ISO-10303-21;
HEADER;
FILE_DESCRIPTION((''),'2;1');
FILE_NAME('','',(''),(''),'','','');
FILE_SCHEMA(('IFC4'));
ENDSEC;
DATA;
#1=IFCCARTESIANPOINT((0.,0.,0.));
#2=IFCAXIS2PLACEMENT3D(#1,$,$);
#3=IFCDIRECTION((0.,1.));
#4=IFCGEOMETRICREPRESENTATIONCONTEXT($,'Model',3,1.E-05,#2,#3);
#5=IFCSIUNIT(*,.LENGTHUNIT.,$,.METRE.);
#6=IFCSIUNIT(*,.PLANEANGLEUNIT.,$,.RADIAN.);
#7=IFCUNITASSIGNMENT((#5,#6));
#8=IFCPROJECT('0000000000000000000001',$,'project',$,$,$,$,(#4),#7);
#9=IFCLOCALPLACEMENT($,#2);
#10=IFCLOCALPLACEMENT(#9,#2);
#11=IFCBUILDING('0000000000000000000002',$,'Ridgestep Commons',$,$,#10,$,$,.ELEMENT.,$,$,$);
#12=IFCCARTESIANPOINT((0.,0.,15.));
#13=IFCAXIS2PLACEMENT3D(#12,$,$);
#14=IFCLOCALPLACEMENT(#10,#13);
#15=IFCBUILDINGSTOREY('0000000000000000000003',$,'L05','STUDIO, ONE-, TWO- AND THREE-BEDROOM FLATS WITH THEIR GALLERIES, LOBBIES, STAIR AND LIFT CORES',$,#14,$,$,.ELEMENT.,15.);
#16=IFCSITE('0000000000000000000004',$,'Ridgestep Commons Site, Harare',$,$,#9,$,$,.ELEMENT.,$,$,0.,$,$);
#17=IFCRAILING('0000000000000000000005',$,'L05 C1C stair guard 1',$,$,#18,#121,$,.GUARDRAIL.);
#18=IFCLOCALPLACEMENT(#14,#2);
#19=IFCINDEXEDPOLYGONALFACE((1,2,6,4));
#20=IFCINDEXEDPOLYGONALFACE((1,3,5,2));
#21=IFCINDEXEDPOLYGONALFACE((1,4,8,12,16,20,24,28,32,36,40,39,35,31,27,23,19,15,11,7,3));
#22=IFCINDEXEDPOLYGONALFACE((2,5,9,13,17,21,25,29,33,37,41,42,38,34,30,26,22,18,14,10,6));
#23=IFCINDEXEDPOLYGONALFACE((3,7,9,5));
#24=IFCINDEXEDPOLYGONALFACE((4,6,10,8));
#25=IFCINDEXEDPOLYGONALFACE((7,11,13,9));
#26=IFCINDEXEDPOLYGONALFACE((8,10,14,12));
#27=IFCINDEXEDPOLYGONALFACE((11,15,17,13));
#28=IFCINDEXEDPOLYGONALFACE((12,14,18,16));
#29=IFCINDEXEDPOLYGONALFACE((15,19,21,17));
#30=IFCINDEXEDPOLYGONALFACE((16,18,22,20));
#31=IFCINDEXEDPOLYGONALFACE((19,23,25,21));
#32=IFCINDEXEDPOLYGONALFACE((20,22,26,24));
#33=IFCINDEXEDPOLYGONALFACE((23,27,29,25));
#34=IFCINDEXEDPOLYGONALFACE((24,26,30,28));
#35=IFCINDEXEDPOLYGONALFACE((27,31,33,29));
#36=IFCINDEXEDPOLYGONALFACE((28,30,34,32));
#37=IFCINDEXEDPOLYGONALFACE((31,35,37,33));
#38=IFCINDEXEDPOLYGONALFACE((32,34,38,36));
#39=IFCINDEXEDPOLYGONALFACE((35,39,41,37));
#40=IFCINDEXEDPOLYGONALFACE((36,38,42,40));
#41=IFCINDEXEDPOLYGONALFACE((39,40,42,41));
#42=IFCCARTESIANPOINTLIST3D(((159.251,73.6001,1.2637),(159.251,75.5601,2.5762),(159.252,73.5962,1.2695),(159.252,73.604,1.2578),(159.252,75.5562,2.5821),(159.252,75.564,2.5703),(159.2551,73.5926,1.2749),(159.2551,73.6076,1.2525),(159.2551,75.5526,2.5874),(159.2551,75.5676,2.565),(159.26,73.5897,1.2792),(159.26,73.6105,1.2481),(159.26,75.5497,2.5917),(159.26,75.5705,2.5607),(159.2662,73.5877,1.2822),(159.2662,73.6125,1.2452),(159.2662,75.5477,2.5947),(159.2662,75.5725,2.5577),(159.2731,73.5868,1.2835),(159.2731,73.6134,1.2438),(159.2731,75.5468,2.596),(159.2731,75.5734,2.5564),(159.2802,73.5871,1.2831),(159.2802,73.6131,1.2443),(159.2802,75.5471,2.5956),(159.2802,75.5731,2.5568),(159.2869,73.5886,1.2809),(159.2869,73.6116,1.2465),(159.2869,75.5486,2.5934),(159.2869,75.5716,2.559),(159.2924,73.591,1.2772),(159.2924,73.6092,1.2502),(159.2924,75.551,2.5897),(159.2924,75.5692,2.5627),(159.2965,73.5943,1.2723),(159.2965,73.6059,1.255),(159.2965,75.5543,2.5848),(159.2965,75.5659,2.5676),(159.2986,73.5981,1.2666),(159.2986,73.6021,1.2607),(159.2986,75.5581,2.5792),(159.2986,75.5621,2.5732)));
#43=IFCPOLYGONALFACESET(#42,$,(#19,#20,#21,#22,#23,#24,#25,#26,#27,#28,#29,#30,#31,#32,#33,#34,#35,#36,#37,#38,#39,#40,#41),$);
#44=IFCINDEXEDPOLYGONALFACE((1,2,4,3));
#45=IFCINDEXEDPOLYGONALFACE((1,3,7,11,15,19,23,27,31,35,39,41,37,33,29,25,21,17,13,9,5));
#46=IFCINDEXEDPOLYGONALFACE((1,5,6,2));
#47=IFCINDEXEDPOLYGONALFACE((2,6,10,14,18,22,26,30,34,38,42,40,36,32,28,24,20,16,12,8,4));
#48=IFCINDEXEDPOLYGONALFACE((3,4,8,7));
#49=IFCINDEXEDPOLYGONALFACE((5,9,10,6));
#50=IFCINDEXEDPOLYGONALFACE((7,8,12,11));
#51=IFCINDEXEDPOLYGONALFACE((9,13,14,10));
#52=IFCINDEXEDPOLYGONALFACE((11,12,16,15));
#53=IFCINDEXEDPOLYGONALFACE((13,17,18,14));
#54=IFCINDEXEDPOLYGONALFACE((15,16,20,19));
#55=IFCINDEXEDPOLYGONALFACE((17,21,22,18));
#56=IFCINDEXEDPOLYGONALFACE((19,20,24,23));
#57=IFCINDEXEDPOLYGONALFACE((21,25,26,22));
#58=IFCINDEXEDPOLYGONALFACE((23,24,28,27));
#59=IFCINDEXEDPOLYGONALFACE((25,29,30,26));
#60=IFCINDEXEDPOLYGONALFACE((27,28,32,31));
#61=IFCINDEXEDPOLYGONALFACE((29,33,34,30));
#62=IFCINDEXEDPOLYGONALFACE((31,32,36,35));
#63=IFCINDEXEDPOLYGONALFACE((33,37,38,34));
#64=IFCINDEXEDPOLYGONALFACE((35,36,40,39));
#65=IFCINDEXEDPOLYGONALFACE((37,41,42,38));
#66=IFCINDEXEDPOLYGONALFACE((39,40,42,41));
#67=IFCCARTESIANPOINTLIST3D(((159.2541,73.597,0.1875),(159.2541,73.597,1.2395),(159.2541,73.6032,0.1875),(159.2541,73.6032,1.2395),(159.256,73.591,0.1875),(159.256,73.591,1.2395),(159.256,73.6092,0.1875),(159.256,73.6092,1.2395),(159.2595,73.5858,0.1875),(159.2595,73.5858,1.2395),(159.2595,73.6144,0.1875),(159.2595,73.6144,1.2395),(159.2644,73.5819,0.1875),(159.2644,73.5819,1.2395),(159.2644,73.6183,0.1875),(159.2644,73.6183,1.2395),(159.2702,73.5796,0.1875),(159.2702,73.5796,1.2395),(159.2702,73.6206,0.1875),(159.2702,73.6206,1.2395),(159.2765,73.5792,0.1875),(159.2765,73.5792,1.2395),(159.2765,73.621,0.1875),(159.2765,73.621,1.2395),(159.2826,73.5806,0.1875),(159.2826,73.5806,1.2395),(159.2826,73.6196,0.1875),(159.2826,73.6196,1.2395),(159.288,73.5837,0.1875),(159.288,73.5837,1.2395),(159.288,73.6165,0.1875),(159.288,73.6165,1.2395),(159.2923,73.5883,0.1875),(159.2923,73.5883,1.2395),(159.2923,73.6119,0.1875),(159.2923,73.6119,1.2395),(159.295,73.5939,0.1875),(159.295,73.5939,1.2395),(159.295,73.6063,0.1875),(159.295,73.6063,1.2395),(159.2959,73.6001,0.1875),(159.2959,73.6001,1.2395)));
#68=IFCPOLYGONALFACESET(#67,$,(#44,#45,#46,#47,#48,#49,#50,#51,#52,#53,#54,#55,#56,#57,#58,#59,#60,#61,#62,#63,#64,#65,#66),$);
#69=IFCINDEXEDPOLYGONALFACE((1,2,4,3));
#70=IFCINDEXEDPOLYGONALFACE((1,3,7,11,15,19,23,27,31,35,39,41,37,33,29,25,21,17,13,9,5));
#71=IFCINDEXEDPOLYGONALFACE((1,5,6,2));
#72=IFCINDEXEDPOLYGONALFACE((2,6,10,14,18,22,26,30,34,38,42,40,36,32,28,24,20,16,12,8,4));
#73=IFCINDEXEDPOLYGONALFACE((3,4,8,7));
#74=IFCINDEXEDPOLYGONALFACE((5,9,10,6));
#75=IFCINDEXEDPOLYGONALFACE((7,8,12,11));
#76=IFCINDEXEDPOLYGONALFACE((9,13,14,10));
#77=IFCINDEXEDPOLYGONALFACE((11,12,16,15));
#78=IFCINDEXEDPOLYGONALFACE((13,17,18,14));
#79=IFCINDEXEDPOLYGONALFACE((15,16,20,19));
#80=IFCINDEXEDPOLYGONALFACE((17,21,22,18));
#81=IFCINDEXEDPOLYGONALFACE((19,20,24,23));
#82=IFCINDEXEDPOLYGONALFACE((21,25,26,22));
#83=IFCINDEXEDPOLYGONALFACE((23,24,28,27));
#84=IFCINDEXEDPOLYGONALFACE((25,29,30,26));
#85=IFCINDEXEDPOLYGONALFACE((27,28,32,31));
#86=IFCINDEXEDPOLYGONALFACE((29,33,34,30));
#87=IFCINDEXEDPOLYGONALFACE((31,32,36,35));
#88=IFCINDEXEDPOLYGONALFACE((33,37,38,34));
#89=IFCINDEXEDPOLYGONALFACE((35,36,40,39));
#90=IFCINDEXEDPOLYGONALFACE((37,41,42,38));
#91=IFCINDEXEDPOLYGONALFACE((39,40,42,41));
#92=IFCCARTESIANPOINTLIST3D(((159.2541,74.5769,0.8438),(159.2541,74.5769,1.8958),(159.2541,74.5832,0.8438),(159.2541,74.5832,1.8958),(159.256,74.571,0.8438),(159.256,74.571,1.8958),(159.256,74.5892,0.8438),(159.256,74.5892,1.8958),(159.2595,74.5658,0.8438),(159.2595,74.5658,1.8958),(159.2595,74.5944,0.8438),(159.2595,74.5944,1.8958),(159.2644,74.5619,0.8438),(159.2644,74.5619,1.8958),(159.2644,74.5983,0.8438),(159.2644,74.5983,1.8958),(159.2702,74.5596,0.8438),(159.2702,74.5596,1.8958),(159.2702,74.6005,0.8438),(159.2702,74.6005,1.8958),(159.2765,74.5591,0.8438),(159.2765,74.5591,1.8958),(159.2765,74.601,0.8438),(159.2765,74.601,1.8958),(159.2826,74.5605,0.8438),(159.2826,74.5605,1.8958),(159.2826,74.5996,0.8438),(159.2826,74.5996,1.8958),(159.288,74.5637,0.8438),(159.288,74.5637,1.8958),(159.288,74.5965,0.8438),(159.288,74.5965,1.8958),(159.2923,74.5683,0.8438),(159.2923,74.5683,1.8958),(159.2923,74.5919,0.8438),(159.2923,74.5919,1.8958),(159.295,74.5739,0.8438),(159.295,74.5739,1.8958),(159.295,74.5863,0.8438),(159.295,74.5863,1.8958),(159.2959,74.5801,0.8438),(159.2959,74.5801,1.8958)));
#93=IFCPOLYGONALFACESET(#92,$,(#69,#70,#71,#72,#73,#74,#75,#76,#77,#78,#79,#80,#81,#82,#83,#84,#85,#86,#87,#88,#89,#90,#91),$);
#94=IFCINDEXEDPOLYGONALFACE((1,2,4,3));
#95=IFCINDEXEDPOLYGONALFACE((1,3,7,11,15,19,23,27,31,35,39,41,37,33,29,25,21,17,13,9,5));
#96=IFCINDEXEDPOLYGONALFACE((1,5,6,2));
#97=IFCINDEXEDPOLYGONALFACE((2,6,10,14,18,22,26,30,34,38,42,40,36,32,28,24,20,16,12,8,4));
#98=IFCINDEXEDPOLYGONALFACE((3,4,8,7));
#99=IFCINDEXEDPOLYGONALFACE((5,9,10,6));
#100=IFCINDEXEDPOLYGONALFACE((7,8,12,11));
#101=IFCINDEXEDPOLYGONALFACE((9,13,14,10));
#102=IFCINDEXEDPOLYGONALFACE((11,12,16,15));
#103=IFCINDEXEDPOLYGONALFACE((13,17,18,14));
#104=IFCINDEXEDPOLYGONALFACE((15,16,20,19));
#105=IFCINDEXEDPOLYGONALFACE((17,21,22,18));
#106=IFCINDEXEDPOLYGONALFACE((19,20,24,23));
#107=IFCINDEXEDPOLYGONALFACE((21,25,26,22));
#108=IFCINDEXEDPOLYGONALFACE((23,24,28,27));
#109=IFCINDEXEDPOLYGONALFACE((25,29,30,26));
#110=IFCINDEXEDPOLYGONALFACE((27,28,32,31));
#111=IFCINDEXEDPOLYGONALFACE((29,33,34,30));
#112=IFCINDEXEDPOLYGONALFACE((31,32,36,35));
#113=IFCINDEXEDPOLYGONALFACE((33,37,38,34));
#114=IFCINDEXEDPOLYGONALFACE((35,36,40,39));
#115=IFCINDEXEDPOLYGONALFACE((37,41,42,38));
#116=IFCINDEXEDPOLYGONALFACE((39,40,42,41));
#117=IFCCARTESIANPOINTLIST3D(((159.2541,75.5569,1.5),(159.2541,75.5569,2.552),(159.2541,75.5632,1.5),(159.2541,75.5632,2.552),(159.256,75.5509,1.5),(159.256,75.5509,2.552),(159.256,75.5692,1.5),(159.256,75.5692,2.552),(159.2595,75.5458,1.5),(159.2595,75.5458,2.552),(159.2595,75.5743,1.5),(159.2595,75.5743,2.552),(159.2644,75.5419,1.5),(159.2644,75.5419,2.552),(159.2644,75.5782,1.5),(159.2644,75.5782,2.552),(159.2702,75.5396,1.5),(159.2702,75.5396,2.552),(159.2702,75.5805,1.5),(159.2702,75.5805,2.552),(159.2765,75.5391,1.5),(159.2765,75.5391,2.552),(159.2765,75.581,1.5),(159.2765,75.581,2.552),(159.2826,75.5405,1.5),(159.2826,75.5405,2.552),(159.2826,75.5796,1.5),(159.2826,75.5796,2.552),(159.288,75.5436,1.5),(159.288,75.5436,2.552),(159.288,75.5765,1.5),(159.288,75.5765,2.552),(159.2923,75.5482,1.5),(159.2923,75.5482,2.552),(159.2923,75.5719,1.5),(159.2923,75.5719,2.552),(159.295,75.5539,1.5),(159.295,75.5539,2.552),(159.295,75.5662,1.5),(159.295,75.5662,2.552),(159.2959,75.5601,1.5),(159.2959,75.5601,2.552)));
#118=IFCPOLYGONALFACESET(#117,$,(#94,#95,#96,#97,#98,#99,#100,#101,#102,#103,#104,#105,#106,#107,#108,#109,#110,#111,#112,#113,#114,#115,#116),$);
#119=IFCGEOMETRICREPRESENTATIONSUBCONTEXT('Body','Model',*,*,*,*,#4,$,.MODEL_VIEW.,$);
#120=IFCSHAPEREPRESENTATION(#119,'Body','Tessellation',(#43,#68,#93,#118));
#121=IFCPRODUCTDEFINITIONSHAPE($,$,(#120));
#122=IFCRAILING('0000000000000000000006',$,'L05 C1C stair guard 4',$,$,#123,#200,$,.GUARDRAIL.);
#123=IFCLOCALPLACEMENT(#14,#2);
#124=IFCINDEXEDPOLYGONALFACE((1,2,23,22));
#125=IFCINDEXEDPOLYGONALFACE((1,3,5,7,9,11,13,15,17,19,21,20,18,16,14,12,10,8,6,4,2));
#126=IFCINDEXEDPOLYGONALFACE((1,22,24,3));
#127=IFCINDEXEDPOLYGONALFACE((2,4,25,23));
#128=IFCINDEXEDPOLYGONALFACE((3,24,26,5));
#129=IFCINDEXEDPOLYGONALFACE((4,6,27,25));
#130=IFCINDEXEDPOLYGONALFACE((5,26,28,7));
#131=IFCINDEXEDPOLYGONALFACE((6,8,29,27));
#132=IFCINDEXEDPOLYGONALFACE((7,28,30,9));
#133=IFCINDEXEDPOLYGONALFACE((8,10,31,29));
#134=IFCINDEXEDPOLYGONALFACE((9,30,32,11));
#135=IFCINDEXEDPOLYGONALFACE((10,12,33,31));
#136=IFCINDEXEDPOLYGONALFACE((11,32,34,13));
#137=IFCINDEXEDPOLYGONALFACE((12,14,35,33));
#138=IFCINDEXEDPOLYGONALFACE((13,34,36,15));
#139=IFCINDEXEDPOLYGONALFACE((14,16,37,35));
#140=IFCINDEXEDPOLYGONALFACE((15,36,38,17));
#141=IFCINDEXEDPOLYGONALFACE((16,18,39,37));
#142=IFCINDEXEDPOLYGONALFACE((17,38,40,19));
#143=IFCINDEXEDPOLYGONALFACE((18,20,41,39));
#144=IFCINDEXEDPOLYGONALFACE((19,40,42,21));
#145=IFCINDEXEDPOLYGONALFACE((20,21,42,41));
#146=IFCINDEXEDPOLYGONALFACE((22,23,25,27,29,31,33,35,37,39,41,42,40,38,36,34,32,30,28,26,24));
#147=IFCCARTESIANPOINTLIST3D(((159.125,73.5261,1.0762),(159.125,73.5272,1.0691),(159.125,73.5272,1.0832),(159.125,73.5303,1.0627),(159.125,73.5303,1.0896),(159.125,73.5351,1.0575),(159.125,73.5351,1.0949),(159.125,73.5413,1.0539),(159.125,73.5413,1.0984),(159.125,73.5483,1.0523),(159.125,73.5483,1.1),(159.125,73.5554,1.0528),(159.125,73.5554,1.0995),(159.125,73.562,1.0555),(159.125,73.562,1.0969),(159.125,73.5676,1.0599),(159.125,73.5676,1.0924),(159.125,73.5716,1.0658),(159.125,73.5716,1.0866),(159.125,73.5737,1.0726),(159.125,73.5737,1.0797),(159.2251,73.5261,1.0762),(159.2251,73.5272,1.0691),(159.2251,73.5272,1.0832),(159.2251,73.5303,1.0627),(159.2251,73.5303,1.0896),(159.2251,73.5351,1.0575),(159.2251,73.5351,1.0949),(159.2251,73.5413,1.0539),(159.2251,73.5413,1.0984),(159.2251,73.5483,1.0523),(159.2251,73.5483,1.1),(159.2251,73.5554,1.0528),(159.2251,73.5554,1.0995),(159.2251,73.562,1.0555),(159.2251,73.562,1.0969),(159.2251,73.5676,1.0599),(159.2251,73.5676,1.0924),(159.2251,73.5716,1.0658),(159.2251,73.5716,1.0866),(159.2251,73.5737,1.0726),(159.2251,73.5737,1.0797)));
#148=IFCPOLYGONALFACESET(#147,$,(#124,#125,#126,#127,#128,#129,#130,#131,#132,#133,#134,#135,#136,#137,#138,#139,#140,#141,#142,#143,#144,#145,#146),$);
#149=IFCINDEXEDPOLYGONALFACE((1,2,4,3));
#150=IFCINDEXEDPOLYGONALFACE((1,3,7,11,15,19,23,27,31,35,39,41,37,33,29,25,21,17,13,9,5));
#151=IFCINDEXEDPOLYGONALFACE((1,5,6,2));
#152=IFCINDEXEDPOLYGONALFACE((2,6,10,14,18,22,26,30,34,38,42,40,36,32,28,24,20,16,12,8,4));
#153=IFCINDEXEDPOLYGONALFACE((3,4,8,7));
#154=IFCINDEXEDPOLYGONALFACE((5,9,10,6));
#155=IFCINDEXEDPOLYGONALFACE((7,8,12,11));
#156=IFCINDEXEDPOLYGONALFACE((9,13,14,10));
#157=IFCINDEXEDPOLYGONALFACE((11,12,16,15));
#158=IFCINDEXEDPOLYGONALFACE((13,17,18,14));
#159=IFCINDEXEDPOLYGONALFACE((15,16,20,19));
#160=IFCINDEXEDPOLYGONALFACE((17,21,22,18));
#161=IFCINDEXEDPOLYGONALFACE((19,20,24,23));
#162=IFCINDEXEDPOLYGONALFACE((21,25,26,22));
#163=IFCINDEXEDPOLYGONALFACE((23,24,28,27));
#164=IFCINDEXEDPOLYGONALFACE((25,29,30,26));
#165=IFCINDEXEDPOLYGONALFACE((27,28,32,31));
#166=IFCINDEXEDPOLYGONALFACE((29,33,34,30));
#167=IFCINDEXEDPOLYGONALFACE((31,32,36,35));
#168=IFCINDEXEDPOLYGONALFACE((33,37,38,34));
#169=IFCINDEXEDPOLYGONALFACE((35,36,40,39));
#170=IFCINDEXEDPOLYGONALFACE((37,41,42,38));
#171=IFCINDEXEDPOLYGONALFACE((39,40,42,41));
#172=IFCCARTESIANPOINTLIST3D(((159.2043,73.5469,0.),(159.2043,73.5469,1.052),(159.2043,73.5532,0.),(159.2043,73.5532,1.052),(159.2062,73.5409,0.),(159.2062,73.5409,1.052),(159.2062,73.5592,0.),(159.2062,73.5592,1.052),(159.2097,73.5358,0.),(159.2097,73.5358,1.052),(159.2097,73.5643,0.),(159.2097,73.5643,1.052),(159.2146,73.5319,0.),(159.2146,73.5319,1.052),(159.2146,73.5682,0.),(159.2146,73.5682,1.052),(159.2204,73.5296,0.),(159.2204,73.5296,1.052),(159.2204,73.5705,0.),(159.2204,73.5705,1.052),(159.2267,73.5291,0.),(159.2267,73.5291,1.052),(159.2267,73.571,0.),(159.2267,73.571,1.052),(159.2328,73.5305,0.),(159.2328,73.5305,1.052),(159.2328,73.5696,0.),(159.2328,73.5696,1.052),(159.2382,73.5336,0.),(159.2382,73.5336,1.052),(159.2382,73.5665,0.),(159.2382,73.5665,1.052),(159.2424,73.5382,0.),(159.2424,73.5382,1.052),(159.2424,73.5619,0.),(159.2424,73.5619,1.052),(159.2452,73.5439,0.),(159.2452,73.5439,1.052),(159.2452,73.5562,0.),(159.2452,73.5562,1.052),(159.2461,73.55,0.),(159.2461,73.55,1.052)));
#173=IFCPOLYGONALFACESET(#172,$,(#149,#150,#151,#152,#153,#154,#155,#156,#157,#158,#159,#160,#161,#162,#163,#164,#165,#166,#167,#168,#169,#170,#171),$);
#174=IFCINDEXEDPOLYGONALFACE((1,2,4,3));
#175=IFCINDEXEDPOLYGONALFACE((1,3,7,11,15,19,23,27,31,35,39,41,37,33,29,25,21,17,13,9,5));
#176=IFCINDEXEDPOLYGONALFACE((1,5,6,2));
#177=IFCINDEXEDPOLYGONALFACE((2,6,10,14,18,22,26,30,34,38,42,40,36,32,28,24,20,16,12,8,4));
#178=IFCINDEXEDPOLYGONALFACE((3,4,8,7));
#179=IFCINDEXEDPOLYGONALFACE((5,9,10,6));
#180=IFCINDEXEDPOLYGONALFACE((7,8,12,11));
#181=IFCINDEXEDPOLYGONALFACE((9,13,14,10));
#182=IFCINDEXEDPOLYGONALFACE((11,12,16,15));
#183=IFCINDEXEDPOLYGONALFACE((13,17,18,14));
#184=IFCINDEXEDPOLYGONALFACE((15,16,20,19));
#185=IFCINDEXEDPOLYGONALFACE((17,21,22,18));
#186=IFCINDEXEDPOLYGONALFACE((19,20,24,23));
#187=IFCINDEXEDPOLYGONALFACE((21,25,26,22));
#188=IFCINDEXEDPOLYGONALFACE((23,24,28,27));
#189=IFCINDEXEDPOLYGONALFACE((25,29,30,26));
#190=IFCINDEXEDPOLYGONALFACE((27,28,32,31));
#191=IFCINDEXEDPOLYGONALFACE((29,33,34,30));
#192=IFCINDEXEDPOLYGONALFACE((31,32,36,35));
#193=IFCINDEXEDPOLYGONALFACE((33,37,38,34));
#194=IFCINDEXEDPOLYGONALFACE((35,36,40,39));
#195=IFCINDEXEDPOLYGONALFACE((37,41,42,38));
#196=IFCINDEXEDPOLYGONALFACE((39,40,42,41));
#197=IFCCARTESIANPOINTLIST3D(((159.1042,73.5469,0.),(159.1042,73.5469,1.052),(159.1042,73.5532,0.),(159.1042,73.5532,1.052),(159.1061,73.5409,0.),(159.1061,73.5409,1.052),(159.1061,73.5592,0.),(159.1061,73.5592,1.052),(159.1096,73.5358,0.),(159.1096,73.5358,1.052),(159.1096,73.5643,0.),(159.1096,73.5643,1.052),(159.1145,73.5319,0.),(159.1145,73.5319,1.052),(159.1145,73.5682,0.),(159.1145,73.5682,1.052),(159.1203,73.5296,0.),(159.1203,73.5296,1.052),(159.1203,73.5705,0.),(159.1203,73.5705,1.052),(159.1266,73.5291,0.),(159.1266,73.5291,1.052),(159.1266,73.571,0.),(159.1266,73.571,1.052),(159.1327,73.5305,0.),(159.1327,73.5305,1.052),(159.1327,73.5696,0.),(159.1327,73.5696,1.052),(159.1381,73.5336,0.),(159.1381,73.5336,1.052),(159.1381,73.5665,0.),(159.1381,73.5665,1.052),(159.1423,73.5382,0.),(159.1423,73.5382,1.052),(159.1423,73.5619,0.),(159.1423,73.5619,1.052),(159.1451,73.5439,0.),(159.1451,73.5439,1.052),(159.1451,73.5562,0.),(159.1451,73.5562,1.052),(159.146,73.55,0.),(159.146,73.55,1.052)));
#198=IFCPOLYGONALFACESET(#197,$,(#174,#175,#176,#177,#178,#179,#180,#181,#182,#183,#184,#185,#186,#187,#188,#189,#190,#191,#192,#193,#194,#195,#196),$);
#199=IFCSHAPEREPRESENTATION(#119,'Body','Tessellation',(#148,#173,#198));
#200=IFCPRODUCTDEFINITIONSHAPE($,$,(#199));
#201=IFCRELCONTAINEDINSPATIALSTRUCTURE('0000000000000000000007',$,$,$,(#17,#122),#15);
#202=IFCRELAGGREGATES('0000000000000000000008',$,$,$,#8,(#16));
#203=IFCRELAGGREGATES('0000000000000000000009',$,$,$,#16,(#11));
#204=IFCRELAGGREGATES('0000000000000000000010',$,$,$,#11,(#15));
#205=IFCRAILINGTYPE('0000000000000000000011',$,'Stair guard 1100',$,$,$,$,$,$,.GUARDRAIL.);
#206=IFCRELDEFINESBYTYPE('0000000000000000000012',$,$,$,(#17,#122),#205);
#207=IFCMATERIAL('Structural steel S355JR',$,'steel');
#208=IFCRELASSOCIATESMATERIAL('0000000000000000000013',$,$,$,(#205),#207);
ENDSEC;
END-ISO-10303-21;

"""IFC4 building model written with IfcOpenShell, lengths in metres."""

from ifc_helpers import new_model, si_unit, direction, frame, origin, origin_2d, place, context, subcontext, project, spatial, circle, extrude, material, type_object, element, save


model = new_model("IFC4")

# Units and contexts
model_context = context("Model", 3, precision=1e-05, world=origin(), true_north=direction((0.0, 1.0)))
body_context = subcontext(model_context, "Body", "Model", "MODEL_VIEW")
ifc_project = project(units=[si_unit("LENGTHUNIT", "METRE"), si_unit("PLANEANGLEUNIT", "RADIAN")], contexts=[model_context])

# Site, building, storey
site_placement = place(None, origin())
site = spatial("IfcSite", under=ifc_project, at=site_placement, Name="Ridgestep Commons Site, Harare", CompositionType="ELEMENT", RefElevation=0.0)
building_placement = place(site_placement, origin())
building = spatial("IfcBuilding", under=site, at=building_placement, Name="Ridgestep Commons", CompositionType="ELEMENT")
storey_placement = place(building_placement, frame((0.0, 0.0, 15.0)))
storey = spatial("IfcBuildingStorey", under=building, at=storey_placement, Name="L05", Description="STUDIO, ONE-, TWO- AND THREE-BEDROOM FLATS WITH THEIR GALLERIES, LOBBIES, STAIR AND LIFT CORES", CompositionType="ELEMENT", Elevation=15.0)

# Railings
ifc_material_1 = material(Name="Structural steel S355JR", Category="steel")
railing_type_1 = type_object("IfcRailingType", Name="Stair guard 1100", PredefinedType="GUARDRAIL", material=ifc_material_1)
railing_1_placement = place(storey_placement, frame((159.2749, 73.6001, 0.1875)))
element("IfcRailing", 1, at=railing_1_placement, inside=storey, type_object=railing_type_1, Name="L05 C1C stair guard 1", PredefinedType="GUARDRAIL", context=body_context, shape_type="SweptSolid", body=[
    extrude(circle(Radius=0.0239, at=origin_2d()), frame((0.0, 0.0, 1.0762), z_axis=(0.0, 0.830902, 0.556419), x_axis=(-1.0, 0.0, 0.0)), (0.0, 0.0, 1.0), 2.3589),
    extrude(circle(Radius=0.021, at=origin_2d()), origin(), (0.0, 0.0, 1.0), 1.052),
    extrude(circle(Radius=0.021, at=origin_2d()), frame((0.0, 0.98, 0.6562)), (0.0, 0.0, 1.0), 1.052),
    extrude(circle(Radius=0.021, at=origin_2d()), frame((0.0, 1.96, 1.3125)), (0.0, 0.0, 1.0), 1.052),
])
railing_2_placement = place(storey_placement, frame((159.2251, 73.55, 0.0)))
element("IfcRailing", 2, at=railing_2_placement, inside=storey, type_object=railing_type_1, Name="L05 C1C stair guard 4", PredefinedType="GUARDRAIL", context=body_context, shape_type="SweptSolid", body=[
    extrude(circle(Radius=0.0239, at=origin_2d()), frame((0.0, 0.0, 1.0762), z_axis=(-1.0, 0.0, 0.0), x_axis=(0.0, -1.0, 0.0)), (0.0, 0.0, 1.0), 0.1001),
    extrude(circle(Radius=0.021, at=origin_2d()), origin(), (0.0, 0.0, 1.0), 1.052),
    extrude(circle(Radius=0.021, at=origin_2d()), frame((-0.1001, 0.0, 0.0)), (0.0, 0.0, 1.0), 1.052),
])

save(model, "model.ifc")
